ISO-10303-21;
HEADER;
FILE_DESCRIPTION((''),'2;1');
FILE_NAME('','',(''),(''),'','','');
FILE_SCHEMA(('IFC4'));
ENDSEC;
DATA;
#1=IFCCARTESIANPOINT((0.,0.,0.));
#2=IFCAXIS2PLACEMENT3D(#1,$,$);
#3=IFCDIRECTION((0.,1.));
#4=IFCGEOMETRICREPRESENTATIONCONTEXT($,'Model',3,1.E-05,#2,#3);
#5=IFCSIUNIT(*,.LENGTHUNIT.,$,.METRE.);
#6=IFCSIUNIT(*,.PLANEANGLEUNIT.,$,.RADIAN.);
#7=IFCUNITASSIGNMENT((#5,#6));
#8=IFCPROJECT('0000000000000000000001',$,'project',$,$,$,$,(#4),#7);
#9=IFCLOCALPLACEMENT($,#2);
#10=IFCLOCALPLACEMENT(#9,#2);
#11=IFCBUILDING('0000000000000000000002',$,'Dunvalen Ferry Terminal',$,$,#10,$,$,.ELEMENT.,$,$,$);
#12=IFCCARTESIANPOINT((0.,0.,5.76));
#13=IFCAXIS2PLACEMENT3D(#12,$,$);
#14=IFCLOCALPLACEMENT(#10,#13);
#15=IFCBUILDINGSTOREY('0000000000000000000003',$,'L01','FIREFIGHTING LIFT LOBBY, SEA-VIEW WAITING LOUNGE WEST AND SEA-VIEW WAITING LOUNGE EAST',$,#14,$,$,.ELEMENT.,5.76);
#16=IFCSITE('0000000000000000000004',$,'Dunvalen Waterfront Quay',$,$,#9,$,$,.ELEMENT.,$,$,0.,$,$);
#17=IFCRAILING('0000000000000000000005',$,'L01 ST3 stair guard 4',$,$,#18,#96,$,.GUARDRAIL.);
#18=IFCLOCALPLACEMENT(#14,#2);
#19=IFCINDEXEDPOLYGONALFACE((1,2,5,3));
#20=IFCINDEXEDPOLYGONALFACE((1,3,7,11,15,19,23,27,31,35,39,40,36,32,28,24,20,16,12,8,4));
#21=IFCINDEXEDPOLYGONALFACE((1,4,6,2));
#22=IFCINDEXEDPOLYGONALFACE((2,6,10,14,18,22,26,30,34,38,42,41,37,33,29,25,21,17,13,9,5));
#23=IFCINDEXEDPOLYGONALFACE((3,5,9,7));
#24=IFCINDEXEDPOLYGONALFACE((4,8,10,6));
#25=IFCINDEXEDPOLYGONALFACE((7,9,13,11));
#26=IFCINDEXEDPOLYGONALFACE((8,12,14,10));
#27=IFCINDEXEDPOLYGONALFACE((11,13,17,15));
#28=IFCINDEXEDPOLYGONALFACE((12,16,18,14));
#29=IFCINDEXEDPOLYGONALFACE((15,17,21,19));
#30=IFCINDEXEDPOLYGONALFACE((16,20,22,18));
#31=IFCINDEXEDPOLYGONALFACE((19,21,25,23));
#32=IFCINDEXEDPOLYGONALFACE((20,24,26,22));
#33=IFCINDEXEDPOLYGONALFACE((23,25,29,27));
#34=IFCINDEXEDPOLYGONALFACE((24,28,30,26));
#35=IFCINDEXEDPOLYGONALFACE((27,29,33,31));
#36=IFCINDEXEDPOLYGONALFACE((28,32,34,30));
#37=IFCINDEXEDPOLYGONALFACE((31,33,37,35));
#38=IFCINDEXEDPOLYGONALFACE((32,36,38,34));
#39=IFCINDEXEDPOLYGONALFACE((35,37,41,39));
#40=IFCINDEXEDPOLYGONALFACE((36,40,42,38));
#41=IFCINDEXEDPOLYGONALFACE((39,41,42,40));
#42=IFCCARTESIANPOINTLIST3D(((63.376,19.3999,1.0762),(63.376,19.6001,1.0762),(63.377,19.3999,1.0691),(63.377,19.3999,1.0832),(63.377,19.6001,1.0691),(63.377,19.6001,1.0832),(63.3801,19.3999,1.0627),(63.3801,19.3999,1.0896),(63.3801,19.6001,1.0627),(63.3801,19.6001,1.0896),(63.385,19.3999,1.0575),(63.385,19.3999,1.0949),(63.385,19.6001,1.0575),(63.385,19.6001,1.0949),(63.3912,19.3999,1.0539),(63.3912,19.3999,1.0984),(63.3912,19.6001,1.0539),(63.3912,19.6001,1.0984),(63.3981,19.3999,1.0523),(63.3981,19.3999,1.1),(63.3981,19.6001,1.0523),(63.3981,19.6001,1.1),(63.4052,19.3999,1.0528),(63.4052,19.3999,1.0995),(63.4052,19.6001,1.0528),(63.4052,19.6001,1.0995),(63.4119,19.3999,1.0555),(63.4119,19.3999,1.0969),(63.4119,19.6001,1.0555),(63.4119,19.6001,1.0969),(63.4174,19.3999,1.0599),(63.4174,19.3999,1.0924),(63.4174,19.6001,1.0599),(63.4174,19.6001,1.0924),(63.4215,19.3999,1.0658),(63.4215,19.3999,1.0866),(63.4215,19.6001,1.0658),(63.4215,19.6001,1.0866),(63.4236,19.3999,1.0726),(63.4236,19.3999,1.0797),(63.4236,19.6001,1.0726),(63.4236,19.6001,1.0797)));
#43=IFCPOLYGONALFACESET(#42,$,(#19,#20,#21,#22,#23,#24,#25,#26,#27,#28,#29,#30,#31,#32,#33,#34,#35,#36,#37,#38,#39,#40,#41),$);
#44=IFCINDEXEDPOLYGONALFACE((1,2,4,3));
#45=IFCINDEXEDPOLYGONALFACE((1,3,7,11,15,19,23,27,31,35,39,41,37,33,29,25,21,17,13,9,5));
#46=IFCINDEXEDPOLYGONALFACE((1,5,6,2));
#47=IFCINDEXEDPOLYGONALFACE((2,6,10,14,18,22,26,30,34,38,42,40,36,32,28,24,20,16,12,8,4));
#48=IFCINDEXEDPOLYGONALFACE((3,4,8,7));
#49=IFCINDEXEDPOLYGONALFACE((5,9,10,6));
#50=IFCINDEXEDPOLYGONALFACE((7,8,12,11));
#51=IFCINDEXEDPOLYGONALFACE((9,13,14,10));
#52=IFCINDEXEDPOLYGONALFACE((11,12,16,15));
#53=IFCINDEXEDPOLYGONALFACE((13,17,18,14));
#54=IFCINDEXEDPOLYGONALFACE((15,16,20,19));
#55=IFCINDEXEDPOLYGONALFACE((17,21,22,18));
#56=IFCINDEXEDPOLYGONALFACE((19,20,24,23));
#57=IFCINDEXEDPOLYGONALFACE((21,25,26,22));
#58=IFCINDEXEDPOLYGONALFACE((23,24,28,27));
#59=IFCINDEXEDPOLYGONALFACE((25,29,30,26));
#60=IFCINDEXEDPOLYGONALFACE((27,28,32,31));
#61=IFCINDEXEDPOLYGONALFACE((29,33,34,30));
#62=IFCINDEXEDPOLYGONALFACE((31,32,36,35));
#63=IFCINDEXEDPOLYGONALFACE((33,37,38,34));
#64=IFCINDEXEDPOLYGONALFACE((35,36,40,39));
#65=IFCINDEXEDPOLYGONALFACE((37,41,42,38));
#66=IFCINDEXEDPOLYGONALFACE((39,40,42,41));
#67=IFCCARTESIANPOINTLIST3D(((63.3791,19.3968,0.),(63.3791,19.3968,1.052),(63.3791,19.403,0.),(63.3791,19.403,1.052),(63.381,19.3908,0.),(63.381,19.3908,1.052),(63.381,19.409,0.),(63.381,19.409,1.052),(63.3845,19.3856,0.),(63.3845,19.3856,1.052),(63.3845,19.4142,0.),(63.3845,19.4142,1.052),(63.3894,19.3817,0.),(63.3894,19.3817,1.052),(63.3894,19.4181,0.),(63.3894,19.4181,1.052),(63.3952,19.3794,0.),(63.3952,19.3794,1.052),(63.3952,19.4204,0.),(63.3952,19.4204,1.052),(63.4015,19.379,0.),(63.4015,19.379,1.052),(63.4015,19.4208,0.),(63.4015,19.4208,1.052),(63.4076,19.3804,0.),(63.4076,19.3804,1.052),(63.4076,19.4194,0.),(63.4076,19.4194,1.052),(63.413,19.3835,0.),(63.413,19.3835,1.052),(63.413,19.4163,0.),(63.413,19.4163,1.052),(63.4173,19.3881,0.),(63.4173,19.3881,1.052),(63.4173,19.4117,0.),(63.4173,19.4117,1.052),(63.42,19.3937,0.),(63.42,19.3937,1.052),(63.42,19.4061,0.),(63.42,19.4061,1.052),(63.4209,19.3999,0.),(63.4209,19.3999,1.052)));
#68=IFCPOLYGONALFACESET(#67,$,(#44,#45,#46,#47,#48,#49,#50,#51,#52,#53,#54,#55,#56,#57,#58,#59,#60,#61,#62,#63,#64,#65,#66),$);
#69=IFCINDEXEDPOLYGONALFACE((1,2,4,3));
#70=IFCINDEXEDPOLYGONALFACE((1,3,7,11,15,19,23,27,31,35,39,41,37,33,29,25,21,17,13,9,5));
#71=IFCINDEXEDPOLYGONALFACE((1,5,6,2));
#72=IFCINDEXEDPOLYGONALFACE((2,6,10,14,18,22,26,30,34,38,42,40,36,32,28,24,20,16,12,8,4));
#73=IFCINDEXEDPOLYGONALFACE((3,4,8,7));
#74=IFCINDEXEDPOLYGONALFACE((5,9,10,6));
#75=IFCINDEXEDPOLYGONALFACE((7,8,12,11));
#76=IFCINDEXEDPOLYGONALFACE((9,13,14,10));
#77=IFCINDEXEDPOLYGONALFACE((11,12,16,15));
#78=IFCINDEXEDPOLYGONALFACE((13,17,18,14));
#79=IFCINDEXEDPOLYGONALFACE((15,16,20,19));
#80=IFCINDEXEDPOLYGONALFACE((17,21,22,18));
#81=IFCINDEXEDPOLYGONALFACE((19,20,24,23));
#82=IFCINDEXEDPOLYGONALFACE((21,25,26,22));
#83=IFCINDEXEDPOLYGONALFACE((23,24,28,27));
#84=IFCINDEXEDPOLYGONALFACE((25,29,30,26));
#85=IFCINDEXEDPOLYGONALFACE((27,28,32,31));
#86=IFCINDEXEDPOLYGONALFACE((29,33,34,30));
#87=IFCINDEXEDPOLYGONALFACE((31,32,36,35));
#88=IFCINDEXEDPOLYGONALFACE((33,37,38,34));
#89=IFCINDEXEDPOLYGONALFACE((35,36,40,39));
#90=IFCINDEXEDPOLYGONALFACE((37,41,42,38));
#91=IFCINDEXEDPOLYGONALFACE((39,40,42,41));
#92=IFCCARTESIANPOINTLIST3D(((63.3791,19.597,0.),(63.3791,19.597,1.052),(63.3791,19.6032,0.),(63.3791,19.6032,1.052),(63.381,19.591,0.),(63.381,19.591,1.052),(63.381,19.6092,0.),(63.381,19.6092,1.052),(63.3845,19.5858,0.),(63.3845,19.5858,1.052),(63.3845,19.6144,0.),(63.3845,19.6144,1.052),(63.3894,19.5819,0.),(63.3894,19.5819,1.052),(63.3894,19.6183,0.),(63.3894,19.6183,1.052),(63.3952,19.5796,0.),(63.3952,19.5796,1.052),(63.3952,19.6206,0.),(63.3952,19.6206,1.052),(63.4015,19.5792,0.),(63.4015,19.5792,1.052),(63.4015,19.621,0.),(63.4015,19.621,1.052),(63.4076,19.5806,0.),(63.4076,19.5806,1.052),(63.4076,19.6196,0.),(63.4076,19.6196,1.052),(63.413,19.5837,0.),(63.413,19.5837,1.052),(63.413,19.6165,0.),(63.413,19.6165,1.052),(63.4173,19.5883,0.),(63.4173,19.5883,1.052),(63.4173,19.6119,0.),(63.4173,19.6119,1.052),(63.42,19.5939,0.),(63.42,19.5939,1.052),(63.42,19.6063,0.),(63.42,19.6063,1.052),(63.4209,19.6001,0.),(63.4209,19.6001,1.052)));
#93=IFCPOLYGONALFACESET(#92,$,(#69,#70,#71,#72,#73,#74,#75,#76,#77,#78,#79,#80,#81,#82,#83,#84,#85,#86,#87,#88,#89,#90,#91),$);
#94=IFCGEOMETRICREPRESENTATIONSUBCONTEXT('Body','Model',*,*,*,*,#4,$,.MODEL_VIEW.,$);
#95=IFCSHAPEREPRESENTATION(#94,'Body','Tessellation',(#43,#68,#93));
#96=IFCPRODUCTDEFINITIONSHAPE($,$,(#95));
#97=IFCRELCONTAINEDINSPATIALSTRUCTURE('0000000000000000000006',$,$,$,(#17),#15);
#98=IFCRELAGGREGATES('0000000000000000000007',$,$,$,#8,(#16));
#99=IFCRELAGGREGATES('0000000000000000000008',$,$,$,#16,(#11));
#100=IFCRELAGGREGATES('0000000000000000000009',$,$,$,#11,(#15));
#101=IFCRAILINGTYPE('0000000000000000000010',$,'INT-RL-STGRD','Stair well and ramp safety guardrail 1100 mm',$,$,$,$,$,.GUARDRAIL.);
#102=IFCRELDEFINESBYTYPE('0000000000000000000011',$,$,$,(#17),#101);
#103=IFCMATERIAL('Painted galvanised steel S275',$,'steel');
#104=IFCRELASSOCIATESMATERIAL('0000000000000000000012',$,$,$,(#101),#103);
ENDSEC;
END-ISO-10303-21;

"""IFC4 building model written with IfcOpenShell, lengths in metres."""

from ifc_helpers import new_model, si_unit, direction, frame, origin, origin_2d, place, context, subcontext, project, spatial, circle, extrude, material, type_object, element, save


model = new_model("IFC4")

# Units and contexts
model_context = context("Model", 3, precision=1e-05, world=origin(), true_north=direction((0.0, 1.0)))
body_context = subcontext(model_context, "Body", "Model", "MODEL_VIEW")
ifc_project = project(units=[si_unit("LENGTHUNIT", "METRE"), si_unit("PLANEANGLEUNIT", "RADIAN")], contexts=[model_context])

# Site, building, storey
site_placement = place(None, origin())
site = spatial("IfcSite", under=ifc_project, at=site_placement, Name="Dunvalen Waterfront Quay", CompositionType="ELEMENT", RefElevation=0.0)
building_placement = place(site_placement, origin())
building = spatial("IfcBuilding", under=site, at=building_placement, Name="Dunvalen Ferry Terminal", CompositionType="ELEMENT")
storey_placement = place(building_placement, frame((0.0, 0.0, 5.76)))
storey = spatial("IfcBuildingStorey", under=building, at=storey_placement, Name="L01", Description="FIREFIGHTING LIFT LOBBY, SEA-VIEW WAITING LOUNGE WEST AND SEA-VIEW WAITING LOUNGE EAST", CompositionType="ELEMENT", Elevation=5.76)

# Railing
ifc_material_1 = material(Name="Painted galvanised steel S275", Category="steel")
railing_type_1 = type_object("IfcRailingType", Name="INT-RL-STGRD", Description="Stair well and ramp safety guardrail 1100 mm", PredefinedType="GUARDRAIL", material=ifc_material_1)
railing_1_placement = place(storey_placement, frame((63.3999, 19.3999, 0.0)))
element("IfcRailing", 1, at=railing_1_placement, inside=storey, type_object=railing_type_1, Name="L01 ST3 stair guard 4", PredefinedType="GUARDRAIL", context=body_context, shape_type="SweptSolid", body=[
    extrude(circle(Radius=0.0239, at=origin_2d()), frame((0.0, 0.0, 1.0762), z_axis=(0.0, 1.0, 0.0), x_axis=(-1.0, 0.0, 0.0)), (0.0, 0.0, 1.0), 0.2002),
    extrude(circle(Radius=0.021, at=origin_2d()), origin(), (0.0, 0.0, 1.0), 1.052),
    extrude(circle(Radius=0.021, at=origin_2d()), frame((0.0, 0.2002, 0.0)), (0.0, 0.0, 1.0), 1.052),
])

save(model, "model.ifc")
